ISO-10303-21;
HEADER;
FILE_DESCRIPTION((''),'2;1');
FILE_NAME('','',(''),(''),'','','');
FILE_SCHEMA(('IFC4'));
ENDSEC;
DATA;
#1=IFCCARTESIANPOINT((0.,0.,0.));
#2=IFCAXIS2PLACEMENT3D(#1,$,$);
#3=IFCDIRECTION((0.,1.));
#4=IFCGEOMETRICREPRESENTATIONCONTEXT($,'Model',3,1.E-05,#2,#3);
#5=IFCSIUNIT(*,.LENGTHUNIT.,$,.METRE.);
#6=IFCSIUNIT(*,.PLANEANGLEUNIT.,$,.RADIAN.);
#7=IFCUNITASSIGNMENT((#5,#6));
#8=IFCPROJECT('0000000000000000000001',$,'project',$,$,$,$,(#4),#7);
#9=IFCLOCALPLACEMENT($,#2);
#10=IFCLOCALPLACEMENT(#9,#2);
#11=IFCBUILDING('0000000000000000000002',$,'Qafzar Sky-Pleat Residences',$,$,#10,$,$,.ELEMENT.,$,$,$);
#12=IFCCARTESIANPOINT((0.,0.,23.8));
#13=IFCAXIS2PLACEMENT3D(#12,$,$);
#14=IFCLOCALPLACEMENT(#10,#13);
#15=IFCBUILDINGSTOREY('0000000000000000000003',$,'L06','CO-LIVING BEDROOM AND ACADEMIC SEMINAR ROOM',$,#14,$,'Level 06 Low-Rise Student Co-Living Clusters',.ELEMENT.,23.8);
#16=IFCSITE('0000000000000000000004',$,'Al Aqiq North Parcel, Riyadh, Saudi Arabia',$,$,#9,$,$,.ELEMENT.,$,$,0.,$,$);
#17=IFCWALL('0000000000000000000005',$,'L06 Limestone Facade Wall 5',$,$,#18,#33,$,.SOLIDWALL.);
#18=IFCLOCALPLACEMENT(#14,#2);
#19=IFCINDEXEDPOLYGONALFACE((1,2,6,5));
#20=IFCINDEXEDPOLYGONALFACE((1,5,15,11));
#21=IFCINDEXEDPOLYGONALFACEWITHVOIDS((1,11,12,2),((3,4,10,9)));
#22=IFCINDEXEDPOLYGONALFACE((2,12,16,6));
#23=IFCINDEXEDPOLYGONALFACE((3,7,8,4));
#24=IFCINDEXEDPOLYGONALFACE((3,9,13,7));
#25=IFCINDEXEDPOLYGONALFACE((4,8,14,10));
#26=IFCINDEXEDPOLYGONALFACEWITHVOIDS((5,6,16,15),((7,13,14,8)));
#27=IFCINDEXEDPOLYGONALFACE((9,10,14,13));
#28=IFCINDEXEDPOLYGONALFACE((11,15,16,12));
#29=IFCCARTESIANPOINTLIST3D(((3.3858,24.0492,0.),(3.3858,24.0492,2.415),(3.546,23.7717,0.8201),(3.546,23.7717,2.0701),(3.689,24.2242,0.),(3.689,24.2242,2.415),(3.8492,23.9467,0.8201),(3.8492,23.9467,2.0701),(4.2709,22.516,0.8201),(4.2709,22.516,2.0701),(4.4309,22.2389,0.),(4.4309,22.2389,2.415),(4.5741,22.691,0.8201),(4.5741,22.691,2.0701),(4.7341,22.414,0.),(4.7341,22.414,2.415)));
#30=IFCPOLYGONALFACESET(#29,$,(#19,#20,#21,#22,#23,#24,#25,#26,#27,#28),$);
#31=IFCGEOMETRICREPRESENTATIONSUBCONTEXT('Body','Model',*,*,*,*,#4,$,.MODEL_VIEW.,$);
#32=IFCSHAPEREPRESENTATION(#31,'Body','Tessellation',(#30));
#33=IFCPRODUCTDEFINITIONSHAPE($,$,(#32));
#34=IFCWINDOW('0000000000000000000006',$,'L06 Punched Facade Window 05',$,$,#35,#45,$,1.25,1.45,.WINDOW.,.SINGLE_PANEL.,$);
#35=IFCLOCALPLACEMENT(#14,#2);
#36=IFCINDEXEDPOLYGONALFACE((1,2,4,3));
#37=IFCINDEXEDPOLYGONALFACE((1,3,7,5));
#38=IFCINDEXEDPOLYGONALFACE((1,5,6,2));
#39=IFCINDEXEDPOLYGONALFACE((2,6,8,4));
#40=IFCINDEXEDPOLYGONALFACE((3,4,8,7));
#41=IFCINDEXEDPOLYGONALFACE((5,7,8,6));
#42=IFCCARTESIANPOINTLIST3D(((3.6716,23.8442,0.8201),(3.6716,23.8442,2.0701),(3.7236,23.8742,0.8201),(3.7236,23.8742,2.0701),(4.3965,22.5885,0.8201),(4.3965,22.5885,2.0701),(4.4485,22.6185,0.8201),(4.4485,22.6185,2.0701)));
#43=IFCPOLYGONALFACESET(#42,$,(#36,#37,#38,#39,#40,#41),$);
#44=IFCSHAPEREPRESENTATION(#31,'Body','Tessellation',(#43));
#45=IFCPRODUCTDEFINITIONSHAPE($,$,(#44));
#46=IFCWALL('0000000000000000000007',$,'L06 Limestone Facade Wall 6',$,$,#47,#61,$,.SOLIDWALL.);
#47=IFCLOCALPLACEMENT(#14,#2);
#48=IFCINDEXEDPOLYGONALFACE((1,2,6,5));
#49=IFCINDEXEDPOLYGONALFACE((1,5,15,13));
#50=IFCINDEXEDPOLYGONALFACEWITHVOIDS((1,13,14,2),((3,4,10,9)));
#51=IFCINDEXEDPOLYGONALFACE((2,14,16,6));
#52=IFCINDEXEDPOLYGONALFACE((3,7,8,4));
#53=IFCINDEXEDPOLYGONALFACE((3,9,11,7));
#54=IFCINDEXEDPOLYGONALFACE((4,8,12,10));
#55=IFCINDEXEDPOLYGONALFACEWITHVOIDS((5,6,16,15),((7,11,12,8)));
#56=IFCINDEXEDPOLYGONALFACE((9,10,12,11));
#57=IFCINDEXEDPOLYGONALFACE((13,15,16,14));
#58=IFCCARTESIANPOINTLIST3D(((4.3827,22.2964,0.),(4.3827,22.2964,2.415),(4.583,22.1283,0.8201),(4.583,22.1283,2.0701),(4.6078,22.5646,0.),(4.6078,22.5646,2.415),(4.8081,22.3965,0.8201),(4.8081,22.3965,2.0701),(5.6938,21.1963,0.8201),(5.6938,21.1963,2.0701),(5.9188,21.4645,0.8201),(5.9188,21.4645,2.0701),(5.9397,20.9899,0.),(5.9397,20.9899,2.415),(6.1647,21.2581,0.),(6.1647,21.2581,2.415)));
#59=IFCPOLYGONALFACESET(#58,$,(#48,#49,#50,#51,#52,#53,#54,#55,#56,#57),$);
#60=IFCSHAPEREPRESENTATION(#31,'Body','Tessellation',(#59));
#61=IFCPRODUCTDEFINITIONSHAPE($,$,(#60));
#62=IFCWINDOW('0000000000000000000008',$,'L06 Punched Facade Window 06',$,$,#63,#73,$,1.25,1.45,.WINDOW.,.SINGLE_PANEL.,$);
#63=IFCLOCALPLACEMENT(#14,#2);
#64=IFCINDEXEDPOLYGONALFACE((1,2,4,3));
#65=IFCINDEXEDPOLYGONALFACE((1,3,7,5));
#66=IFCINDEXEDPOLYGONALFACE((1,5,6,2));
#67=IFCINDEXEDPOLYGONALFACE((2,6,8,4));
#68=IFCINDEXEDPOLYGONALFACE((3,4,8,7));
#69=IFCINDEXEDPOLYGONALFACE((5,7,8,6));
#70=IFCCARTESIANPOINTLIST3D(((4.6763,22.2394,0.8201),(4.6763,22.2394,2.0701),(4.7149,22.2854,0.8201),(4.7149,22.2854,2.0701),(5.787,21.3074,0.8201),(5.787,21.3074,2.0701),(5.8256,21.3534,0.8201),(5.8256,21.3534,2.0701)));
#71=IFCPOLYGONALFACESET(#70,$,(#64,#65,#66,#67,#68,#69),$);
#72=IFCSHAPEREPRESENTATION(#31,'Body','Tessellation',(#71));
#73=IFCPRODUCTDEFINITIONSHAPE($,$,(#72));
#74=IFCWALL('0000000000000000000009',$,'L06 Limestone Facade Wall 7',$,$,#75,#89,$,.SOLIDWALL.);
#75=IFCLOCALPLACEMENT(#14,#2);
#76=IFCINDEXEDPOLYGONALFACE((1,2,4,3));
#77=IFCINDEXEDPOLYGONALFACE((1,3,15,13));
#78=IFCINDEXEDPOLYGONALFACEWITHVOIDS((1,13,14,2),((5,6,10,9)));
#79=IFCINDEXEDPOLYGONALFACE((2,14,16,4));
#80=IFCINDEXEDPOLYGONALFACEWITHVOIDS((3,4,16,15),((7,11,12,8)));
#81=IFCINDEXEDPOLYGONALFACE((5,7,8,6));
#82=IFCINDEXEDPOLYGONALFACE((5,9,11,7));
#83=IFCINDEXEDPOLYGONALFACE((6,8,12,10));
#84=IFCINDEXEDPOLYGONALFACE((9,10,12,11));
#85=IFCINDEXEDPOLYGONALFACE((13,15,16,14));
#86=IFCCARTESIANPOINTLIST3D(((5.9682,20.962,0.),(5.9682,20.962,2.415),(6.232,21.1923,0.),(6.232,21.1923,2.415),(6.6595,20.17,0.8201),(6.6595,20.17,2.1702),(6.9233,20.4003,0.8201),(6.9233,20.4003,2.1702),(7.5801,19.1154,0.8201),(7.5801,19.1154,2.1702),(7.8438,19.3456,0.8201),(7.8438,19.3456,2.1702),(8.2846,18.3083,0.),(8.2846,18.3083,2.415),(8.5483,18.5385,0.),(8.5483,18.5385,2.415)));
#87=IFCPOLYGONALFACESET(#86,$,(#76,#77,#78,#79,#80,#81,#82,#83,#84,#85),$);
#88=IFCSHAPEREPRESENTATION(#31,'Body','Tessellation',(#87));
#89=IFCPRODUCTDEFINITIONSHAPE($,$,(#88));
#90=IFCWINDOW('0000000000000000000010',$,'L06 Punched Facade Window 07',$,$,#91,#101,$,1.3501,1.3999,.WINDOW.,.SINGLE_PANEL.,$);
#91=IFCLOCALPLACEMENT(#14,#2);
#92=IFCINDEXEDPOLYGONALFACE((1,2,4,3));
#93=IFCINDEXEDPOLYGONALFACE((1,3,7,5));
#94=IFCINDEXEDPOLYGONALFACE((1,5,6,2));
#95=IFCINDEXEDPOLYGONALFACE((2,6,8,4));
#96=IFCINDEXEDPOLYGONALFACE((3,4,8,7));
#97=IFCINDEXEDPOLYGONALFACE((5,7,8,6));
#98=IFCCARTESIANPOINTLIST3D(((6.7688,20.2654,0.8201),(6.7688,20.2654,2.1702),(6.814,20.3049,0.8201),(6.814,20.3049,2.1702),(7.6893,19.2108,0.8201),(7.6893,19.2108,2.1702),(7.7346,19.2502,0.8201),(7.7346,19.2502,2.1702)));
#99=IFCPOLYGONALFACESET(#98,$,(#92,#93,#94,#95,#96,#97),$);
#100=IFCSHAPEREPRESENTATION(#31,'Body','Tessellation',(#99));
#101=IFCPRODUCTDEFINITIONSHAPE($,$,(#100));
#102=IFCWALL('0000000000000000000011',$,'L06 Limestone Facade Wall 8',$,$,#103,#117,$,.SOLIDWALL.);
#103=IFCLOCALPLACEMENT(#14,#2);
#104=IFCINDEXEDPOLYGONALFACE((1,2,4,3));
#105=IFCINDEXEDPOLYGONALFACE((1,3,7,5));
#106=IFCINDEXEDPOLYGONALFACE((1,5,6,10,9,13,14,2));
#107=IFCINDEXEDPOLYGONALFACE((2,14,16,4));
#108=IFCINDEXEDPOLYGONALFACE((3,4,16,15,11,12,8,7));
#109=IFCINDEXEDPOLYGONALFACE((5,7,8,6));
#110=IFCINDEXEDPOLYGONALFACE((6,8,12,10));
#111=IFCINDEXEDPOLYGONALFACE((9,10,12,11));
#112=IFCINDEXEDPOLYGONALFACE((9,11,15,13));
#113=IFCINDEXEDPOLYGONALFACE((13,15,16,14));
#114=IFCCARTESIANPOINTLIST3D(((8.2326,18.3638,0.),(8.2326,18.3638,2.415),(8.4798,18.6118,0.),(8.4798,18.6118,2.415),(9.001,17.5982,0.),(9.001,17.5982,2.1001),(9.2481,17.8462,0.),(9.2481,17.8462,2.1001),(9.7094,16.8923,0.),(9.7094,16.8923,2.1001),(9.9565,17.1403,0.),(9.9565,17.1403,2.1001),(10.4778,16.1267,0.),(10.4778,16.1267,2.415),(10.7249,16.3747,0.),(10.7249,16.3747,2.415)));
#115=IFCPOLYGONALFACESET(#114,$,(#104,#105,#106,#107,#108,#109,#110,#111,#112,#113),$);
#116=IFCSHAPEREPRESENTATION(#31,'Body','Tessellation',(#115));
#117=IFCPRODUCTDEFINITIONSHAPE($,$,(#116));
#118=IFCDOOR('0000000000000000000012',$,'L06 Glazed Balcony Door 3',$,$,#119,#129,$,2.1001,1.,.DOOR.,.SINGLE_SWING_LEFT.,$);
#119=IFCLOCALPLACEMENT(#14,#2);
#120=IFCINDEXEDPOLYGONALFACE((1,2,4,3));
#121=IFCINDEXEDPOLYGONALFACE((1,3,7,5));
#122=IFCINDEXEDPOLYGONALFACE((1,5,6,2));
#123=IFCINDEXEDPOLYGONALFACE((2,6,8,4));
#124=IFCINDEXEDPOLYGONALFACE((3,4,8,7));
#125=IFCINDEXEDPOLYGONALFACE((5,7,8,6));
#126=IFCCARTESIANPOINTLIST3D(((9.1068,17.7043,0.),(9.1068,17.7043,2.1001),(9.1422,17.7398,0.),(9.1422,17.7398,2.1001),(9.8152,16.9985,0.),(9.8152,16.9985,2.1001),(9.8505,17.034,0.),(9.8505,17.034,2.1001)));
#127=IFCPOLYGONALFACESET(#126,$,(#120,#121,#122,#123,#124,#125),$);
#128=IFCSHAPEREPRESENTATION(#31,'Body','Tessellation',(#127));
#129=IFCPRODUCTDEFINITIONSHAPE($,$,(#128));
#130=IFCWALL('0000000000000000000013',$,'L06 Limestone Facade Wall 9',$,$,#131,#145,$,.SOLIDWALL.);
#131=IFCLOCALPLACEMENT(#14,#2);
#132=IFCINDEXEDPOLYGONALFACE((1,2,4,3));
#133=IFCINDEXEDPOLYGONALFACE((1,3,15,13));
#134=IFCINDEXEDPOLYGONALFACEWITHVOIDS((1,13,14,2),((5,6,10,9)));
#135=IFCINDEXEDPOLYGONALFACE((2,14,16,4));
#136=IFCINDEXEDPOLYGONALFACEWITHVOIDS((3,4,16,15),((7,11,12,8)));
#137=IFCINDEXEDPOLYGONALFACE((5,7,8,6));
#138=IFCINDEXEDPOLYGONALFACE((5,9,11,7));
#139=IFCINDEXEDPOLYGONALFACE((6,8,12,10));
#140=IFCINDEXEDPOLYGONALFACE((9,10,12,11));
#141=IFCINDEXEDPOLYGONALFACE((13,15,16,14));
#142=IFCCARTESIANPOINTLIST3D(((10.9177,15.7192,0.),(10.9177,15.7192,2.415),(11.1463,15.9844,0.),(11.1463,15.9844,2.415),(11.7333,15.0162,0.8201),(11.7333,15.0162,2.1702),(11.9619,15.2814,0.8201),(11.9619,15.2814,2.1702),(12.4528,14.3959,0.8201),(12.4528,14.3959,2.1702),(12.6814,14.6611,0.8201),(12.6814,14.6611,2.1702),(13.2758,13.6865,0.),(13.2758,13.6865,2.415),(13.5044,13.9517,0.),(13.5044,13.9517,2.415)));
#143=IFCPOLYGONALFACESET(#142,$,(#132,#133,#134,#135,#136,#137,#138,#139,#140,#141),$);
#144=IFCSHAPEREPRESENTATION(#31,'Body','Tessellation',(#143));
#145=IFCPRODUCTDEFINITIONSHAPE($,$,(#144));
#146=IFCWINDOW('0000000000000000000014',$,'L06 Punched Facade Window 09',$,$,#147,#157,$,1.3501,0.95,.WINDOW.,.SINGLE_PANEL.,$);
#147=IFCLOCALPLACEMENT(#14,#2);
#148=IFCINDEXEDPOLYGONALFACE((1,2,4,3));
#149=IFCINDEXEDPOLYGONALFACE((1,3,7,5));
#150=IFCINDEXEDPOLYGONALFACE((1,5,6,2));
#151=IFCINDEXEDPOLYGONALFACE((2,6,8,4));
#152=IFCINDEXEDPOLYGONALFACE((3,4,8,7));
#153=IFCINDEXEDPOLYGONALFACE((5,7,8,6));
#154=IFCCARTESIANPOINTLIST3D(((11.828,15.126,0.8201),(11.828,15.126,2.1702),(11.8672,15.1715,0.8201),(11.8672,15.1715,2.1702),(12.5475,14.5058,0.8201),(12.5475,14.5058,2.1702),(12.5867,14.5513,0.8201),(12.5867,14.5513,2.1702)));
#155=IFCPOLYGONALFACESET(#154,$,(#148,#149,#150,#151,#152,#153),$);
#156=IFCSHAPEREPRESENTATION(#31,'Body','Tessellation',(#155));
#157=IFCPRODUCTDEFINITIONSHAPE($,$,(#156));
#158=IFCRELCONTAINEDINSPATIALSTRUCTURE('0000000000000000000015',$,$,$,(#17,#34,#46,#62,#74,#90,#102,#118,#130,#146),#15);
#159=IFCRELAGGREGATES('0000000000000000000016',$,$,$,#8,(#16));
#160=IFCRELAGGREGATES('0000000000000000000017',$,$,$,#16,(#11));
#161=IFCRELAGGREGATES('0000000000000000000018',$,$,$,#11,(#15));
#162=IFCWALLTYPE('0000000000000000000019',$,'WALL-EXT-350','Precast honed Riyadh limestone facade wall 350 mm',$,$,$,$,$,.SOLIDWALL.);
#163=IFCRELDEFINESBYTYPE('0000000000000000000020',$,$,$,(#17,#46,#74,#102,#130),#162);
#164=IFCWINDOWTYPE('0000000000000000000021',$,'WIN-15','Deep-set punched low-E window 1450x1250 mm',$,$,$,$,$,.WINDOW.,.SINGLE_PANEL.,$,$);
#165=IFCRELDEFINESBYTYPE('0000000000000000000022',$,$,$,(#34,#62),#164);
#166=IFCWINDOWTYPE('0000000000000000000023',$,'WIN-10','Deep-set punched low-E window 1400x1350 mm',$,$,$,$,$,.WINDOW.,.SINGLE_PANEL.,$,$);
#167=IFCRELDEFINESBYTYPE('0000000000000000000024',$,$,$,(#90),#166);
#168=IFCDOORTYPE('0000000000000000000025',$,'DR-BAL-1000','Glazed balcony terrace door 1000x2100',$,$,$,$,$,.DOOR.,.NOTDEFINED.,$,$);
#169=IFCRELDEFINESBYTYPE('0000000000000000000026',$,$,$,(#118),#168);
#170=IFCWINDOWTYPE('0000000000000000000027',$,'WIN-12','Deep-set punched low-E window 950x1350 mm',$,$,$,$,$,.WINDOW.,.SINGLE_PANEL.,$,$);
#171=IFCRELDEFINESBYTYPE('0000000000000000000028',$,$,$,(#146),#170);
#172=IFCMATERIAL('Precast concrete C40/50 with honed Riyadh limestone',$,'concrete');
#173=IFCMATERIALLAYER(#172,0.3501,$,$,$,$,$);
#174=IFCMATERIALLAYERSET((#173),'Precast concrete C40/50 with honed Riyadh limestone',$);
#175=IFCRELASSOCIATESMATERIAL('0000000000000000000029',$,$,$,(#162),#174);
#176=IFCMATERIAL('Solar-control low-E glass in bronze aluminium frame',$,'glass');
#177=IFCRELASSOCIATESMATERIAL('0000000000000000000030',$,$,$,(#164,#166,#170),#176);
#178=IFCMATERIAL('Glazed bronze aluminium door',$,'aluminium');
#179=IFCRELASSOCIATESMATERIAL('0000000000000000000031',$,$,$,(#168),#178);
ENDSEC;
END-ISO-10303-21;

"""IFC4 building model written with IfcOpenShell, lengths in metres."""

from ifc_helpers import new_model, si_unit, direction, frame, frame_2d, origin, place, context, subcontext, project, spatial, rectangle, extrude, source, transform, mapped, material, layer, layer_set, type_object, element, fill, save


model = new_model("IFC4")

# Units and contexts
model_context = context("Model", 3, precision=1e-05, world=origin(), true_north=direction((0.0, 1.0)))
body_context = subcontext(model_context, "Body", "Model", "MODEL_VIEW")
ifc_project = project(units=[si_unit("LENGTHUNIT", "METRE"), si_unit("PLANEANGLEUNIT", "RADIAN")], contexts=[model_context])

# Site, building, storey
site_placement = place(None, origin())
site = spatial("IfcSite", under=ifc_project, at=site_placement, Name="Al Aqiq North Parcel, Riyadh, Saudi Arabia", CompositionType="ELEMENT", RefElevation=0.0)
building_placement = place(site_placement, origin())
building = spatial("IfcBuilding", under=site, at=building_placement, Name="Qafzar Sky-Pleat Residences", CompositionType="ELEMENT")
storey_placement = place(building_placement, frame((0.0, 0.0, 23.8)))
storey = spatial("IfcBuildingStorey", under=building, at=storey_placement, Name="L06", Description="CO-LIVING BEDROOM AND ACADEMIC SEMINAR ROOM", LongName="Level 06 Low-Rise Student Co-Living Clusters", CompositionType="ELEMENT", Elevation=23.8)

# Walls, openings, windows
ifc_material_1 = material(Name="Precast concrete C40/50 with honed Riyadh limestone", Category="concrete")
ifc_layer_1 = layer(ifc_material_1, 0.3501)
ifc_layer_set_1 = layer_set([ifc_layer_1], Name="Precast concrete C40/50 with honed Riyadh limestone")
wall_type_1 = type_object("IfcWallType", Name="WALL-EXT-350", Description="Precast honed Riyadh limestone facade wall 350 mm", PredefinedType="SOLIDWALL", material=ifc_layer_set_1)
wall_1_placement = place(storey_placement, frame((3.5374, 24.1367, 0.0), z_axis=(0.0, 0.0, 1.0), x_axis=(0.499995, -0.866028, 0.0)))
wall_1 = element("IfcWall", 1, at=wall_1_placement, inside=storey, type_object=wall_type_1, Name="L06 Limestone Facade Wall 5", PredefinedType="SOLIDWALL", context=body_context, shape_type="SweptSolid", body=[
    extrude(rectangle(XDim=2.0903, YDim=0.3501, at=frame_2d((1.0452, 0.0))), origin(), (0.0, 0.0, 1.0), 2.415),
])
opening_1_placement = place(wall_1_placement, frame((0.3203, 0.0, 0.8201)))
opening_1 = element("IfcOpeningElement", 2, at=opening_1_placement, cuts=wall_1, PredefinedType="OPENING", context=body_context, shape_type="SweptSolid", body=[
    extrude(rectangle(XDim=1.45, YDim=1.25, at=frame_2d((0.7251, 0.625))), frame((0.0, 0.1851, 0.0), z_axis=(0.0, -1.0, 0.0), x_axis=(1.0, 0.0, 0.0)), (0.0, 0.0, 1.0), 0.3701),
])
ifc_material_2 = material(Name="Solar-control low-E glass in bronze aluminium frame", Category="glass")
window_type_1 = type_object("IfcWindowType", Name="WIN-15", Description="Deep-set punched low-E window 1450x1250 mm", PartitioningType="SINGLE_PANEL", PredefinedType="WINDOW", material=ifc_material_2)
shared_shape_1 = source(origin(), body_context, "Body", "SweptSolid", [
    extrude(rectangle(XDim=1.45, YDim=1.25, at=frame_2d((0.7251, 0.625))), frame((0.0, 0.03, 0.0), z_axis=(0.0, -1.0, 0.0), x_axis=(1.0, 0.0, 0.0)), (0.0, 0.0, 1.0), 0.0601),
])
window_1_placement = place(opening_1_placement, origin())
window_1 = element("IfcWindow", 3, at=window_1_placement, inside=storey, type_object=window_type_1, Name="L06 Punched Facade Window 05", OverallHeight=1.25, OverallWidth=1.45, PartitioningType="SINGLE_PANEL", PredefinedType="WINDOW", context=body_context, shape_type="MappedRepresentation", body=[
    mapped(shared_shape_1, transform((0.0, 0.0, 0.0), x_axis=(1.0, 0.0, 0.0), y_axis=(0.0, 1.0, 0.0), z_axis=(0.0, 0.0, 1.0), scale=1.0)),
])
fill(opening_1, window_1)
wall_2_placement = place(storey_placement, frame((4.4954, 22.4304, 0.0), z_axis=(0.0, 0.0, 1.0), x_axis=(0.766041, -0.642792, 0.0)))
wall_2 = element("IfcWall", 4, at=wall_2_placement, inside=storey, type_object=wall_type_1, Name="L06 Limestone Facade Wall 6", PredefinedType="SOLIDWALL", context=body_context, shape_type="SweptSolid", body=[
    extrude(rectangle(XDim=2.0325, YDim=0.3501, at=frame_2d((1.0161, 0.0))), origin(), (0.0, 0.0, 1.0), 2.415),
])
opening_2_placement = place(wall_2_placement, frame((0.2612, 0.0, 0.8201)))
opening_2 = element("IfcOpeningElement", 5, at=opening_2_placement, cuts=wall_2, PredefinedType="OPENING", context=body_context, shape_type="SweptSolid", body=[
    extrude(rectangle(XDim=1.45, YDim=1.25, at=frame_2d((0.7251, 0.625))), frame((0.0, 0.1851, 0.0), z_axis=(0.0, -1.0, 0.0), x_axis=(1.0, 0.0, 0.0)), (0.0, 0.0, 1.0), 0.3701),
])
window_2_placement = place(opening_2_placement, origin())
window_2 = element("IfcWindow", 6, at=window_2_placement, inside=storey, type_object=window_type_1, Name="L06 Punched Facade Window 06", OverallHeight=1.25, OverallWidth=1.45, PartitioningType="SINGLE_PANEL", PredefinedType="WINDOW", context=body_context, shape_type="MappedRepresentation", body=[
    mapped(shared_shape_1, transform((0.0, 0.0, 0.0), x_axis=(1.0, 0.0, 0.0), y_axis=(0.0, 1.0, 0.0), z_axis=(0.0, 0.0, 1.0), scale=1.0)),
])
fill(opening_2, window_2)
wall_3_placement = place(storey_placement, frame((6.1001, 21.0771, 0.0), z_axis=(0.0, 0.0, 1.0), x_axis=(0.657591, -0.753375, 0.0)))
wall_3 = element("IfcWall", 7, at=wall_3_placement, inside=storey, type_object=wall_type_1, Name="L06 Limestone Facade Wall 7", PredefinedType="SOLIDWALL", context=body_context, shape_type="SweptSolid", body=[
    extrude(rectangle(XDim=3.5225, YDim=0.3501, at=frame_2d((1.7612, 0.0))), origin(), (0.0, 0.0, 1.0), 2.415),
])
opening_3_placement = place(wall_3_placement, frame((1.0513, 0.0, 0.8201)))
opening_3 = element("IfcOpeningElement", 8, at=opening_3_placement, cuts=wall_3, PredefinedType="OPENING", context=body_context, shape_type="SweptSolid", body=[
    extrude(rectangle(XDim=1.3999, YDim=1.3501, at=frame_2d((0.7, 0.675))), frame((0.0, 0.1851, 0.0), z_axis=(0.0, -1.0, 0.0), x_axis=(1.0, 0.0, 0.0)), (0.0, 0.0, 1.0), 0.3701),
])
window_type_2 = type_object("IfcWindowType", Name="WIN-10", Description="Deep-set punched low-E window 1400x1350 mm", PartitioningType="SINGLE_PANEL", PredefinedType="WINDOW", material=ifc_material_2)
shared_shape_2 = source(origin(), body_context, "Body", "SweptSolid", [
    extrude(rectangle(XDim=1.3999, YDim=1.3501, at=frame_2d((0.7, 0.675))), frame((0.0, 0.03, 0.0), z_axis=(0.0, -1.0, 0.0), x_axis=(1.0, 0.0, 0.0)), (0.0, 0.0, 1.0), 0.0601),
])
window_3_placement = place(opening_3_placement, origin())
window_3 = element("IfcWindow", 9, at=window_3_placement, inside=storey, type_object=window_type_2, Name="L06 Punched Facade Window 07", OverallHeight=1.3501, OverallWidth=1.3999, PartitioningType="SINGLE_PANEL", PredefinedType="WINDOW", context=body_context, shape_type="MappedRepresentation", body=[
    mapped(shared_shape_2, transform((0.0, 0.0, 0.0), x_axis=(1.0, 0.0, 0.0), y_axis=(0.0, 1.0, 0.0), z_axis=(0.0, 0.0, 1.0), scale=1.0)),
])
fill(opening_3, window_3)

# Wall, opening, door
wall_4_placement = place(storey_placement, frame((8.3562, 18.4878, 0.0), z_axis=(0.0, 0.0, 1.0), x_axis=(0.708377, -0.705835, 0.0)))
wall_4 = element("IfcWall", 10, at=wall_4_placement, inside=storey, type_object=wall_type_1, Name="L06 Limestone Facade Wall 8", PredefinedType="SOLIDWALL", context=body_context, shape_type="SweptSolid", body=[
    extrude(rectangle(XDim=3.1694, YDim=0.3501, at=frame_2d((1.5847, 0.0))), origin(), (0.0, 0.0, 1.0), 2.415),
])
opening_4_placement = place(wall_4_placement, frame((1.0847, 0.0, 0.0)))
opening_4 = element("IfcOpeningElement", 11, at=opening_4_placement, cuts=wall_4, PredefinedType="OPENING", context=body_context, shape_type="SweptSolid", body=[
    extrude(rectangle(XDim=1.0, YDim=2.1001, at=frame_2d((0.5, 1.05))), frame((0.0, 0.1851, 0.0), z_axis=(0.0, -1.0, 0.0), x_axis=(1.0, 0.0, 0.0)), (0.0, 0.0, 1.0), 0.3701),
])
ifc_material_3 = material(Name="Glazed bronze aluminium door", Category="aluminium")
door_type = type_object("IfcDoorType", Name="DR-BAL-1000", Description="Glazed balcony terrace door 1000x2100", OperationType="NOTDEFINED", PredefinedType="DOOR", material=ifc_material_3)
shared_shape_3 = source(origin(), body_context, "Body", "SweptSolid", [
    extrude(rectangle(XDim=1.0, YDim=2.1001, at=frame_2d((0.5, 1.05))), frame((0.0, 0.0249, 0.0), z_axis=(0.0, -1.0, 0.0), x_axis=(1.0, 0.0, 0.0)), (0.0, 0.0, 1.0), 0.05),
])
door_placement = place(opening_4_placement, origin())
door = element("IfcDoor", 12, at=door_placement, inside=storey, type_object=door_type, Name="L06 Glazed Balcony Door 3", OperationType="SINGLE_SWING_LEFT", OverallHeight=2.1001, OverallWidth=1.0, PredefinedType="DOOR", context=body_context, shape_type="MappedRepresentation", body=[
    mapped(shared_shape_3, transform((0.0, 0.0, 0.0), x_axis=(1.0, 0.0, 0.0), y_axis=(0.0, 1.0, 0.0), z_axis=(0.0, 0.0, 1.0), scale=1.0)),
])
fill(opening_4, door)

# Wall, opening, window
wall_5_placement = place(storey_placement, frame((11.032, 15.8518, 0.0), z_axis=(0.0, 0.0, 1.0), x_axis=(0.757438, -0.652907, 0.0)))
wall_5 = element("IfcWall", 13, at=wall_5_placement, inside=storey, type_object=wall_type_1, Name="L06 Limestone Facade Wall 9", PredefinedType="SOLIDWALL", context=body_context, shape_type="SweptSolid", body=[
    extrude(rectangle(XDim=3.1133, YDim=0.3501, at=frame_2d((1.5566, 0.0))), origin(), (0.0, 0.0, 1.0), 2.415),
])
opening_5_placement = place(wall_5_placement, frame((1.0767, 0.0, 0.8201)))
opening_5 = element("IfcOpeningElement", 14, at=opening_5_placement, cuts=wall_5, PredefinedType="OPENING", context=body_context, shape_type="SweptSolid", body=[
    extrude(rectangle(XDim=0.95, YDim=1.3501, at=frame_2d((0.4751, 0.675))), frame((0.0, 0.1851, 0.0), z_axis=(0.0, -1.0, 0.0), x_axis=(1.0, 0.0, 0.0)), (0.0, 0.0, 1.0), 0.3701),
])
window_type_3 = type_object("IfcWindowType", Name="WIN-12", Description="Deep-set punched low-E window 950x1350 mm", PartitioningType="SINGLE_PANEL", PredefinedType="WINDOW", material=ifc_material_2)
shared_shape_4 = source(origin(), body_context, "Body", "SweptSolid", [
    extrude(rectangle(XDim=0.95, YDim=1.3501, at=frame_2d((0.4751, 0.675))), frame((0.0, 0.03, 0.0), z_axis=(0.0, -1.0, 0.0), x_axis=(1.0, 0.0, 0.0)), (0.0, 0.0, 1.0), 0.0601),
])
window_4_placement = place(opening_5_placement, origin())
window_4 = element("IfcWindow", 15, at=window_4_placement, inside=storey, type_object=window_type_3, Name="L06 Punched Facade Window 09", OverallHeight=1.3501, OverallWidth=0.95, PartitioningType="SINGLE_PANEL", PredefinedType="WINDOW", context=body_context, shape_type="MappedRepresentation", body=[
    mapped(shared_shape_4, transform((0.0, 0.0, 0.0), x_axis=(1.0, 0.0, 0.0), y_axis=(0.0, 1.0, 0.0), z_axis=(0.0, 0.0, 1.0), scale=1.0)),
])
fill(opening_5, window_4)

save(model, "model.ifc")
